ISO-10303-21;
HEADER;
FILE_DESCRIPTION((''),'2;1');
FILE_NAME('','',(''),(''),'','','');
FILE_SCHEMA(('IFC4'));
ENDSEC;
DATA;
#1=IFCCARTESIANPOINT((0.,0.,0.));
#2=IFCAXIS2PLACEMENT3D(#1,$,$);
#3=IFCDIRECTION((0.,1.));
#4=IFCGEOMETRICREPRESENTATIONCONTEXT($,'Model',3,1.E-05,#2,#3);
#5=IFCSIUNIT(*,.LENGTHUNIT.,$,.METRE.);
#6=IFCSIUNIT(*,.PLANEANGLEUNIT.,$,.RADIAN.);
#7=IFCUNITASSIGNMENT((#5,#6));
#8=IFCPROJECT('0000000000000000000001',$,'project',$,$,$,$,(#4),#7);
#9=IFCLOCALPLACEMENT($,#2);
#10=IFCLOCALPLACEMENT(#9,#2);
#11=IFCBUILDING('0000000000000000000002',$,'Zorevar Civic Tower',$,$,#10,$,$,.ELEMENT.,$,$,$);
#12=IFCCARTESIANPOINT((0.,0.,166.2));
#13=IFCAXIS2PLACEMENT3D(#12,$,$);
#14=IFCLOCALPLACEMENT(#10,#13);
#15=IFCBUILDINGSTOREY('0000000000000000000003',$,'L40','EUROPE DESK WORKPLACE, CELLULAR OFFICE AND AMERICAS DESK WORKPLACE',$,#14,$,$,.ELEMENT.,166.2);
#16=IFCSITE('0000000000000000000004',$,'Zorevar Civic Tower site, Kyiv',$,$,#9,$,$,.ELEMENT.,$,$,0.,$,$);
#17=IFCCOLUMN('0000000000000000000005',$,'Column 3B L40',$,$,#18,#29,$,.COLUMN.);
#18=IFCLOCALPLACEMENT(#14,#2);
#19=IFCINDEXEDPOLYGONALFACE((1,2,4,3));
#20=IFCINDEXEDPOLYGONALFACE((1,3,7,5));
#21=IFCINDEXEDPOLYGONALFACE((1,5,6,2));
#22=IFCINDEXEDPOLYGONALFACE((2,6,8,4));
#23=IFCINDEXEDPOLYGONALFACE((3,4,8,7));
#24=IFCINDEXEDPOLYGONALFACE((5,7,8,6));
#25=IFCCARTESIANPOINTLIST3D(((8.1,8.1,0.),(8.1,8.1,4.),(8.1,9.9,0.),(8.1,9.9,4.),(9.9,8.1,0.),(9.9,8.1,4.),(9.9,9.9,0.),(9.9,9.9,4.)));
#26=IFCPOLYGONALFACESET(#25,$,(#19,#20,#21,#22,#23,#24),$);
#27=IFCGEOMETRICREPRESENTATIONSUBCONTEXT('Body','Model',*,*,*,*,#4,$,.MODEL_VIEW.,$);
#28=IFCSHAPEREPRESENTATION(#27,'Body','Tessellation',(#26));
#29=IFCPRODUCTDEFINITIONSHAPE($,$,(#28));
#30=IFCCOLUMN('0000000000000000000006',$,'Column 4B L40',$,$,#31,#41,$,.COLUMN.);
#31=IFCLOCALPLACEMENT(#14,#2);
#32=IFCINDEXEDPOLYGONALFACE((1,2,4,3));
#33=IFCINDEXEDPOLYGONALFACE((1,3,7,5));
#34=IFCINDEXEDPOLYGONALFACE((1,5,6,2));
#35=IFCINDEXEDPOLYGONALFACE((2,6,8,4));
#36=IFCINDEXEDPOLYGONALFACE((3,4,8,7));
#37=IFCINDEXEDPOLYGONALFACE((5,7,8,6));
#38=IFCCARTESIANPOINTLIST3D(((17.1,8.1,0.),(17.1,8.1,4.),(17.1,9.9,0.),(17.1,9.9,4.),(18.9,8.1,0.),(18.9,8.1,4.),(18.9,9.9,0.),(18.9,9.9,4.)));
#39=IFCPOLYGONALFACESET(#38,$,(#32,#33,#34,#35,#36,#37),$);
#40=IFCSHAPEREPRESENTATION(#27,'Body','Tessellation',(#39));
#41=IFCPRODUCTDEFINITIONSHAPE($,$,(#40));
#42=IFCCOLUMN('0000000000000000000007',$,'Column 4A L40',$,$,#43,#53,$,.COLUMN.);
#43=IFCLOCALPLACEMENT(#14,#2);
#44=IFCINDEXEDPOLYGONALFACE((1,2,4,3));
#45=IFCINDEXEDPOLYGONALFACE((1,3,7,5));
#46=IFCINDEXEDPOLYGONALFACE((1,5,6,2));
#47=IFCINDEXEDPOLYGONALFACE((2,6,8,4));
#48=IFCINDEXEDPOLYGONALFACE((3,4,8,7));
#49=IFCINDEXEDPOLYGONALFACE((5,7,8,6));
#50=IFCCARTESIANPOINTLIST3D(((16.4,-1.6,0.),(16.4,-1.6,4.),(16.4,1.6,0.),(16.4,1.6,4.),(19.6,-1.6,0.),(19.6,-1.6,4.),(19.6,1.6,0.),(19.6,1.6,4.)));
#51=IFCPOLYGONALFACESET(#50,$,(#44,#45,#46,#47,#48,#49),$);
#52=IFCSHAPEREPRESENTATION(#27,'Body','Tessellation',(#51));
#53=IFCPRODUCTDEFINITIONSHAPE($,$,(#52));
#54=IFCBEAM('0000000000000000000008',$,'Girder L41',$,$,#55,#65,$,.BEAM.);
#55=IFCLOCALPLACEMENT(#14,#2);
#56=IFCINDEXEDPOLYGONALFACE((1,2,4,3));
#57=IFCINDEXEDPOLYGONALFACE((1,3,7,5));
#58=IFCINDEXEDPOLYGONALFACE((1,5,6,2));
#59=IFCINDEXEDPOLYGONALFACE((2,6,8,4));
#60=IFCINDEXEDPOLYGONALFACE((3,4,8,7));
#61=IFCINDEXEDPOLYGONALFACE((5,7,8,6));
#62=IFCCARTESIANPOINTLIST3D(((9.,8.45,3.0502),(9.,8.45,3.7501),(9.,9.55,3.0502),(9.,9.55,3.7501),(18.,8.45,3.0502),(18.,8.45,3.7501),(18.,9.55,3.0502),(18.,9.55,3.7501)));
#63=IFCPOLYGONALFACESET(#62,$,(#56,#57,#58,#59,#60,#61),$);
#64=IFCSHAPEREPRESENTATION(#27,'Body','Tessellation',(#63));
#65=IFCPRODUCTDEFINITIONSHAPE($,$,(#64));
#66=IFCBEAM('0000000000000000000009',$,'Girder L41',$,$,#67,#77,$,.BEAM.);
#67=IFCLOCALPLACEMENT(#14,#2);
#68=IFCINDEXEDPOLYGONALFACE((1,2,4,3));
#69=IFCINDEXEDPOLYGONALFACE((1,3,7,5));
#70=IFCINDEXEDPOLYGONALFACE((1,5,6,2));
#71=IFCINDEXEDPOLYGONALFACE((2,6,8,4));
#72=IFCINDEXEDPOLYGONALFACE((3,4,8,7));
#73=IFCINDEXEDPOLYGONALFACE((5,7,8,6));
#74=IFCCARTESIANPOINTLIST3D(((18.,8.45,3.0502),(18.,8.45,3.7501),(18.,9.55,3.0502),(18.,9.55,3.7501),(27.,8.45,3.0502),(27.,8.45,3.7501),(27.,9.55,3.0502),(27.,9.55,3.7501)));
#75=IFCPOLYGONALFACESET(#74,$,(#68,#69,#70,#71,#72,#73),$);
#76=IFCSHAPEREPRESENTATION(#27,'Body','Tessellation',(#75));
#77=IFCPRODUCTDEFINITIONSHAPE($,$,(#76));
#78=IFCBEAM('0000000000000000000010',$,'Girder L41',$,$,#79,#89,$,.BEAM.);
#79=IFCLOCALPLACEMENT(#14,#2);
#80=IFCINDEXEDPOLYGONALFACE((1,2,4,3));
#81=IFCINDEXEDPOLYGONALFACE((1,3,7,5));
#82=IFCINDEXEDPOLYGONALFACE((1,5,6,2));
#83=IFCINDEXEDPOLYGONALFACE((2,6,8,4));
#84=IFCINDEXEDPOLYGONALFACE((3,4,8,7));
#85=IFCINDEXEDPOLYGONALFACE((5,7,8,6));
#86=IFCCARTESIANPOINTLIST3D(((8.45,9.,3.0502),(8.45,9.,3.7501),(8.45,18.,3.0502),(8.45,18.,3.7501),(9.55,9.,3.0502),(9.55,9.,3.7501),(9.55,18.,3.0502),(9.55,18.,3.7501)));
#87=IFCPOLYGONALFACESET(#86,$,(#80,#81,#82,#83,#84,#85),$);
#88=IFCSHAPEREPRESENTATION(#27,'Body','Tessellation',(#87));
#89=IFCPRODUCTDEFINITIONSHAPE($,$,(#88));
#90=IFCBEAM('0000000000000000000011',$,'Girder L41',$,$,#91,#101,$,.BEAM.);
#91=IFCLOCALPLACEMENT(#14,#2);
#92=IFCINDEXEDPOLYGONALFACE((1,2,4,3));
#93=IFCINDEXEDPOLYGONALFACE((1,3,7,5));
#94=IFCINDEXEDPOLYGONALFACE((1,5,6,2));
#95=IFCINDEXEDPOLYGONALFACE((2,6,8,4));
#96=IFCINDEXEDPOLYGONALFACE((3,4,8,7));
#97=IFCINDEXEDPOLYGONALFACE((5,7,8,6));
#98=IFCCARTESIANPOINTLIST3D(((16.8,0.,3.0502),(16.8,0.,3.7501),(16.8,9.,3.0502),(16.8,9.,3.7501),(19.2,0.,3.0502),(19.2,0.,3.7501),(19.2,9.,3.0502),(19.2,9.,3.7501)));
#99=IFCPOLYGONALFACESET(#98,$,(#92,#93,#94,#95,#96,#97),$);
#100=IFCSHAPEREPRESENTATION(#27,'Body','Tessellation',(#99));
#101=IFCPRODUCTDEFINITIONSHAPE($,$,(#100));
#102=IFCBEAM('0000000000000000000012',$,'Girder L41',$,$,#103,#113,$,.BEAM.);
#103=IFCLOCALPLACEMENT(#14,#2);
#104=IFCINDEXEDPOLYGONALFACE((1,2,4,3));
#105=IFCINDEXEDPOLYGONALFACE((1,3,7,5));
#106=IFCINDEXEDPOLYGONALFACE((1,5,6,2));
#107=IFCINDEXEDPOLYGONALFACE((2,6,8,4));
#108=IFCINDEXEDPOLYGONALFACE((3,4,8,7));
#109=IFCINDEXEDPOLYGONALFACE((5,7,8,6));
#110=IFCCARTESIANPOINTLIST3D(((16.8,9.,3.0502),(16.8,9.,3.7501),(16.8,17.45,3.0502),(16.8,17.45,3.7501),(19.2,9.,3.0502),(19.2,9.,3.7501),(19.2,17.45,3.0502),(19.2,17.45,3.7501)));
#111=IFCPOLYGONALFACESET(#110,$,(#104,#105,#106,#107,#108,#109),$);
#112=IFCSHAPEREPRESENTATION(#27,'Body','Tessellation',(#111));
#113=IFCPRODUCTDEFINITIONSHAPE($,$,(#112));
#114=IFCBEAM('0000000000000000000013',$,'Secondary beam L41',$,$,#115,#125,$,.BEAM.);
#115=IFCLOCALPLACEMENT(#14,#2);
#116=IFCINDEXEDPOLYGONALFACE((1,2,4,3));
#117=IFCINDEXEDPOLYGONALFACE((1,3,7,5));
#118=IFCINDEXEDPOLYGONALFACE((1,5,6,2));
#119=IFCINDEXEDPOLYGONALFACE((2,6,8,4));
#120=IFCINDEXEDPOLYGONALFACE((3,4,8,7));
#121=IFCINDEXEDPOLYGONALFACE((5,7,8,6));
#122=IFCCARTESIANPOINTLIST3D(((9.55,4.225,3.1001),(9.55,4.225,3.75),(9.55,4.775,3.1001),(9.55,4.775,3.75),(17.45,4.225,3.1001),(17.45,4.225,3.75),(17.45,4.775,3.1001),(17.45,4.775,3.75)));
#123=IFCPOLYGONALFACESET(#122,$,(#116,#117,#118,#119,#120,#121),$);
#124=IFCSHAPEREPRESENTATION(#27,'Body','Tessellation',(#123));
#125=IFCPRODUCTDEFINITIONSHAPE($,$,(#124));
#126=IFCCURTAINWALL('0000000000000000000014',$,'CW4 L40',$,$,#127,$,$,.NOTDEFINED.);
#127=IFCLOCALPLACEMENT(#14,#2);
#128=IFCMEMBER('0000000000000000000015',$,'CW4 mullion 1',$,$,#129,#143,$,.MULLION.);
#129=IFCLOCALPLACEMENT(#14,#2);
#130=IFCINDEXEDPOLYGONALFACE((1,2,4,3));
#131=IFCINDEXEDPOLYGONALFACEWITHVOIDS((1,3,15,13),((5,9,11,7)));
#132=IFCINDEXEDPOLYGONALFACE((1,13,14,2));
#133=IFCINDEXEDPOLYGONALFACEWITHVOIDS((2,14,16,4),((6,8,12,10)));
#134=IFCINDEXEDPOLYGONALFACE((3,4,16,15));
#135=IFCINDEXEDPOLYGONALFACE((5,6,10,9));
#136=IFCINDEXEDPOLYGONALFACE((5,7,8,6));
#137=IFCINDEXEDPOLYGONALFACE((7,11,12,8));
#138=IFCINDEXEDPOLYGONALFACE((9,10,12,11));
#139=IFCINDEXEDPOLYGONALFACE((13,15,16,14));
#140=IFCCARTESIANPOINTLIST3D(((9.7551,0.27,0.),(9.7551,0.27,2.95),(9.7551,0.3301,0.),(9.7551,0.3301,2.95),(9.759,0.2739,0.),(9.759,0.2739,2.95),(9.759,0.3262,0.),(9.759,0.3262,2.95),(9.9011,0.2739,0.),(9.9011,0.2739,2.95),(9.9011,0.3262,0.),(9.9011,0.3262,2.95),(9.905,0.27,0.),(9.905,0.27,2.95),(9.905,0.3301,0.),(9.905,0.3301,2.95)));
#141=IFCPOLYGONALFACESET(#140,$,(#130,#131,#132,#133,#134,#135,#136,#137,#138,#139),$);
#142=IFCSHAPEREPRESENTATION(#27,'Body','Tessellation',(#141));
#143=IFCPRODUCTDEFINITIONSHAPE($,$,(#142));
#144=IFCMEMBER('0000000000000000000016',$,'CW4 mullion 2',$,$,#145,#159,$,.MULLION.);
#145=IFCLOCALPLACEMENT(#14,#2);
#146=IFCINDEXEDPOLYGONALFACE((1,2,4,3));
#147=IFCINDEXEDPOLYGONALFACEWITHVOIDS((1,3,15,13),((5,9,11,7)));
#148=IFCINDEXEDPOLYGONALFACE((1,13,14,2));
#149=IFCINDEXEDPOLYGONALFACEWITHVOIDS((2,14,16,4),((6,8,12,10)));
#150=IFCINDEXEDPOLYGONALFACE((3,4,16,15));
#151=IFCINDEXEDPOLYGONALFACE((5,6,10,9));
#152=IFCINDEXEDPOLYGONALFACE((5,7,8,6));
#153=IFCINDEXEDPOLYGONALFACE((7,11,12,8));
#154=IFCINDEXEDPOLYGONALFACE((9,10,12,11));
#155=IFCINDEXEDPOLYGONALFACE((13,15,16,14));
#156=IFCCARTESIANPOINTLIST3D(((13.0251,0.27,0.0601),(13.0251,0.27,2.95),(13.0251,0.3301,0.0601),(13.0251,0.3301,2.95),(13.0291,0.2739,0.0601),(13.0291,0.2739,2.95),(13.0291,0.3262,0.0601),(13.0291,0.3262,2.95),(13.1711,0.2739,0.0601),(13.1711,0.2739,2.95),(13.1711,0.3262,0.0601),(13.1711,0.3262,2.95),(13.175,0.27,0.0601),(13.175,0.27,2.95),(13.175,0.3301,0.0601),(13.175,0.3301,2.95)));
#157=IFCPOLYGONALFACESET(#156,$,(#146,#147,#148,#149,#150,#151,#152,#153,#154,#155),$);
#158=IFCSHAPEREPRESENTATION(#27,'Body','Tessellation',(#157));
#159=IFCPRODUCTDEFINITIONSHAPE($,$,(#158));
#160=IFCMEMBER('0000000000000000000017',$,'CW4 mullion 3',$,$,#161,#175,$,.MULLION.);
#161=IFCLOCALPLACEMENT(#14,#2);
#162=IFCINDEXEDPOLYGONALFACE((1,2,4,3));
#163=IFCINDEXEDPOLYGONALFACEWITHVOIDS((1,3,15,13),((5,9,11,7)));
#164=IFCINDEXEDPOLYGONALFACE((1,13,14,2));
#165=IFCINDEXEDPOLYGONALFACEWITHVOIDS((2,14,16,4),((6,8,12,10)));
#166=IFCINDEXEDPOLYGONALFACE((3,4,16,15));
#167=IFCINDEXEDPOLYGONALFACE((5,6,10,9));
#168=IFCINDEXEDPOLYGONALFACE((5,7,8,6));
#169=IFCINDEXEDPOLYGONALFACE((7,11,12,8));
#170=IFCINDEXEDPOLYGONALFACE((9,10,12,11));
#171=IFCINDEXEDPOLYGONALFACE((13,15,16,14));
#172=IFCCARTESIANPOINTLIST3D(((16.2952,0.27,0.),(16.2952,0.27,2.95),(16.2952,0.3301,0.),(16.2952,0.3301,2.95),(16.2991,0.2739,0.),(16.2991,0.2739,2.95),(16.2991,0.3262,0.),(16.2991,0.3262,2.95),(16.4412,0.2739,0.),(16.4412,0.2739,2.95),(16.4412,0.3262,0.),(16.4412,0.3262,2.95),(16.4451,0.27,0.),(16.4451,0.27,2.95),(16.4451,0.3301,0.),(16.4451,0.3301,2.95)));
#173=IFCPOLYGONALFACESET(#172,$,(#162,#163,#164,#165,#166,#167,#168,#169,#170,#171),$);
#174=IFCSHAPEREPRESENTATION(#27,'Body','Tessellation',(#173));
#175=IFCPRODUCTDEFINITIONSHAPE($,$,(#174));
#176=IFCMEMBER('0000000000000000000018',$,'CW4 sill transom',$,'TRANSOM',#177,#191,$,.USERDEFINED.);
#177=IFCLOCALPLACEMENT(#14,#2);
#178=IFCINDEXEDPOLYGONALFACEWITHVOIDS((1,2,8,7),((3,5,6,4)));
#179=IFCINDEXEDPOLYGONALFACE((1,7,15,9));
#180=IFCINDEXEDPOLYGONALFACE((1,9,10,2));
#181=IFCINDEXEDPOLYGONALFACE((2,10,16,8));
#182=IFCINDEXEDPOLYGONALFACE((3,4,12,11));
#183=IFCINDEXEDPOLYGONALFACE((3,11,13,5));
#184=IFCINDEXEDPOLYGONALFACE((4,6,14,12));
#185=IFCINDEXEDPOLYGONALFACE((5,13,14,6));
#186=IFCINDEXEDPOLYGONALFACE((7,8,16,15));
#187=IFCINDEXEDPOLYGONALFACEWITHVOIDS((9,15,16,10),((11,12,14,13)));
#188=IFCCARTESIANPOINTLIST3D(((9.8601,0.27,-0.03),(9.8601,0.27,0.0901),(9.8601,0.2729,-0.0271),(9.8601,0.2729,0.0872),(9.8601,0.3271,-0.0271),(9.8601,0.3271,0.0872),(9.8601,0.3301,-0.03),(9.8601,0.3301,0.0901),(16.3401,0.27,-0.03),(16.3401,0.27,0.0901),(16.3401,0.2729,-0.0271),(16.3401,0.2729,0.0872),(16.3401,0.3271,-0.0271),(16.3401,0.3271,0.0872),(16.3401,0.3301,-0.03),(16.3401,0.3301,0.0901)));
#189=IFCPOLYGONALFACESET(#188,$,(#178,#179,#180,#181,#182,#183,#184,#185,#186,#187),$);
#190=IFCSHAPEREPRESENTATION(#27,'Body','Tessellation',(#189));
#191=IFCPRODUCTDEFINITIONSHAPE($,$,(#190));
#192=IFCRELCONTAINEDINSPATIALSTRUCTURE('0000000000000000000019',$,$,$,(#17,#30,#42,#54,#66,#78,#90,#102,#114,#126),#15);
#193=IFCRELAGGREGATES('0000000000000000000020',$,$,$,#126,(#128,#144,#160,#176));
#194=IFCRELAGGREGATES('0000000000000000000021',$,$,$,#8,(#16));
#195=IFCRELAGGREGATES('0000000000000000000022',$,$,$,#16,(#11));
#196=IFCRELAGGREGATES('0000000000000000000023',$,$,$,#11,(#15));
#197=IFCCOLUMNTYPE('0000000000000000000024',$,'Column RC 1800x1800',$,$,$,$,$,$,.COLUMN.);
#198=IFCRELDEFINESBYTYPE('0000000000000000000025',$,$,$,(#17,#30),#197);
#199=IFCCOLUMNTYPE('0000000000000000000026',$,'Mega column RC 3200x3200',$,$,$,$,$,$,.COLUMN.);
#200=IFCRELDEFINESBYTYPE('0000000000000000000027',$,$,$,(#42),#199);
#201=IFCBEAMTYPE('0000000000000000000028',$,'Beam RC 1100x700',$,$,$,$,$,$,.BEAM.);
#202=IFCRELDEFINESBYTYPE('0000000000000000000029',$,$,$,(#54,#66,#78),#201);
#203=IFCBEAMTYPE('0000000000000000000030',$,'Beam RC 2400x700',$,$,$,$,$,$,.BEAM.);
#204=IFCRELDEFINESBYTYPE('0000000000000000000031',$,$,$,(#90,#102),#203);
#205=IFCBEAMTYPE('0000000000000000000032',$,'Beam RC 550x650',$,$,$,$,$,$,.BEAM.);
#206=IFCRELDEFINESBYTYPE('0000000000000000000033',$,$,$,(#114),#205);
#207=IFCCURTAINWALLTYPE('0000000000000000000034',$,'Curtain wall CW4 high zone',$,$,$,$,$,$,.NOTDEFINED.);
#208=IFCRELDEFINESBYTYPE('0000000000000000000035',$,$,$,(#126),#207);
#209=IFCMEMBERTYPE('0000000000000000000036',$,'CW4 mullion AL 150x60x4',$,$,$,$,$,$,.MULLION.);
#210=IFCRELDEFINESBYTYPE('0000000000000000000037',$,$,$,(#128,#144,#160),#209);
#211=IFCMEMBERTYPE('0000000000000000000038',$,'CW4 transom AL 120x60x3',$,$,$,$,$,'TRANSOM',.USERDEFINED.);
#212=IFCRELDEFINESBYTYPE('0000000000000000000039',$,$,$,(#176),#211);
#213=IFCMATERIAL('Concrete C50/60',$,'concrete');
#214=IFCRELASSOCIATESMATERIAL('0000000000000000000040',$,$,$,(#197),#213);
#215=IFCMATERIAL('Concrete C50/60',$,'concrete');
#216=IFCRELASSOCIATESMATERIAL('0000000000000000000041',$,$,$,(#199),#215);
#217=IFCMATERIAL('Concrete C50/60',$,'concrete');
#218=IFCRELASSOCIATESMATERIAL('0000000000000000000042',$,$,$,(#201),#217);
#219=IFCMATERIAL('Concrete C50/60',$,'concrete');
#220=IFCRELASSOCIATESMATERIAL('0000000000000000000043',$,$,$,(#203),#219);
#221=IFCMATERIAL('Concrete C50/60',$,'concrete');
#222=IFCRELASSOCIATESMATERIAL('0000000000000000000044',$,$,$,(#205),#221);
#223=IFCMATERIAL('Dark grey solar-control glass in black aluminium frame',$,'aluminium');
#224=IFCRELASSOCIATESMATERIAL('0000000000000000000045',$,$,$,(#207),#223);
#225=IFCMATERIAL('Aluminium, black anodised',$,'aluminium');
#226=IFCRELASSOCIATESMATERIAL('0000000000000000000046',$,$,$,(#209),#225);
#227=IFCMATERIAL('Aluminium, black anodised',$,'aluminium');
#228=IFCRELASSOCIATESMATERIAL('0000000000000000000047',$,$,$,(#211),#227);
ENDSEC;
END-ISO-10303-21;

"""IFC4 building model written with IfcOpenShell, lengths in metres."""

from ifc_helpers import new_model, si_unit, direction, frame, origin, origin_2d, place, context, subcontext, project, spatial, rectangle, hollow_rectangle, extrude, material, material_profile, profile_set, type_object, element, aggregate, save


model = new_model("IFC4")

# Units and contexts
model_context = context("Model", 3, precision=1e-05, world=origin(), true_north=direction((0.0, 1.0)))
body_context = subcontext(model_context, "Body", "Model", "MODEL_VIEW")
ifc_project = project(units=[si_unit("LENGTHUNIT", "METRE"), si_unit("PLANEANGLEUNIT", "RADIAN")], contexts=[model_context])

# Site, building, storey
site_placement = place(None, origin())
site = spatial("IfcSite", under=ifc_project, at=site_placement, Name="Zorevar Civic Tower site, Kyiv", CompositionType="ELEMENT", RefElevation=0.0)
building_placement = place(site_placement, origin())
building = spatial("IfcBuilding", under=site, at=building_placement, Name="Zorevar Civic Tower", CompositionType="ELEMENT")
storey_placement = place(building_placement, frame((0.0, 0.0, 166.2)))
storey = spatial("IfcBuildingStorey", under=building, at=storey_placement, Name="L40", Description="EUROPE DESK WORKPLACE, CELLULAR OFFICE AND AMERICAS DESK WORKPLACE", CompositionType="ELEMENT", Elevation=166.2)

# Columns
ifc_material_1 = material(Name="Concrete C50/60", Category="concrete")
ifc_material_profile_1 = material_profile(ifc_material_1, rectangle(XDim=1.8, YDim=1.8, at=origin_2d()), Name="RC 1800x1800")
ifc_profile_set_1 = profile_set([ifc_material_profile_1], Name="Concrete C50/60")
column_type_1 = type_object("IfcColumnType", Name="Column RC 1800x1800", PredefinedType="COLUMN", material=ifc_profile_set_1)
for number, where, z_axis, x_axis, name in (
    (1, (9.0, 9.0, 0.0), (0.0, 0.0, 1.0), (1.0, 0.0, 0.0), "Column 3B L40"),
    (2, (18.0, 9.0, 0.0), (0.0, 0.0, 1.0), (1.0, 0.0, 0.0), "Column 4B L40"),
):
    element("IfcColumn", number, at=place(storey_placement, frame(where, z_axis=z_axis, x_axis=x_axis)), inside=storey, type_object=column_type_1, Name=name, PredefinedType="COLUMN", context=body_context, shape_type="SweptSolid", body=[
        extrude(rectangle(XDim=1.8, YDim=1.8, at=origin_2d()), origin(), (0.0, 0.0, 1.0), 4.0),
    ])
ifc_material_2 = material(Name="Concrete C50/60", Category="concrete")
ifc_material_profile_2 = material_profile(ifc_material_2, rectangle(XDim=3.2, YDim=3.2, at=origin_2d()), Name="RC 3200x3200")
ifc_profile_set_2 = profile_set([ifc_material_profile_2], Name="Concrete C50/60")
column_type_2 = type_object("IfcColumnType", Name="Mega column RC 3200x3200", PredefinedType="COLUMN", material=ifc_profile_set_2)
column_placement = place(storey_placement, frame((18.0, 0.0, 0.0), z_axis=(0.0, 0.0, 1.0), x_axis=(1.0, 0.0, 0.0)))
element("IfcColumn", 3, at=column_placement, inside=storey, type_object=column_type_2, Name="Column 4A L40", PredefinedType="COLUMN", context=body_context, shape_type="SweptSolid", body=[
    extrude(rectangle(XDim=3.2, YDim=3.2, at=origin_2d()), origin(), (0.0, 0.0, 1.0), 4.0),
])

# Beams
ifc_material_3 = material(Name="Concrete C50/60", Category="concrete")
ifc_material_profile_3 = material_profile(ifc_material_3, rectangle(XDim=1.1001, YDim=0.7, at=origin_2d()), Name="RC 1100x700")
ifc_profile_set_3 = profile_set([ifc_material_profile_3], Name="Concrete C50/60")
beam_type_1 = type_object("IfcBeamType", Name="Beam RC 1100x700", PredefinedType="BEAM", material=ifc_profile_set_3)
for number, where, z_axis, x_axis, name in (
    (4, (9.0, 9.0, 3.4001), (1.0, 0.0, 0.0), (0.0, 1.0, 0.0), "Girder L41"),
    (5, (18.0, 9.0, 3.4001), (1.0, 0.0, 0.0), (0.0, 1.0, 0.0), "Girder L41"),
    (6, (9.0, 9.0, 3.4001), (0.0, 1.0, 0.0), (-1.0, 0.0, 0.0), "Girder L41"),
):
    element("IfcBeam", number, at=place(storey_placement, frame(where, z_axis=z_axis, x_axis=x_axis)), inside=storey, type_object=beam_type_1, Name=name, PredefinedType="BEAM", context=body_context, shape_type="SweptSolid", body=[
        extrude(rectangle(XDim=1.1001, YDim=0.7, at=origin_2d()), origin(), (0.0, 0.0, 1.0), 9.0),
    ])
ifc_material_4 = material(Name="Concrete C50/60", Category="concrete")
ifc_material_profile_4 = material_profile(ifc_material_4, rectangle(XDim=2.3999, YDim=0.7, at=origin_2d()), Name="RC 2400x700")
ifc_profile_set_4 = profile_set([ifc_material_profile_4], Name="Concrete C50/60")
beam_type_2 = type_object("IfcBeamType", Name="Beam RC 2400x700", PredefinedType="BEAM", material=ifc_profile_set_4)
beam_1_placement = place(storey_placement, frame((18.0, 0.0, 3.4001), z_axis=(0.0, 1.0, 0.0), x_axis=(-1.0, 0.0, 0.0)))
element("IfcBeam", 7, at=beam_1_placement, inside=storey, type_object=beam_type_2, Name="Girder L41", PredefinedType="BEAM", context=body_context, shape_type="SweptSolid", body=[
    extrude(rectangle(XDim=2.3999, YDim=0.7, at=origin_2d()), origin(), (0.0, 0.0, 1.0), 9.0),
])
beam_2_placement = place(storey_placement, frame((18.0, 9.0, 3.4001), z_axis=(0.0, 1.0, 0.0), x_axis=(-1.0, 0.0, 0.0)))
element("IfcBeam", 8, at=beam_2_placement, inside=storey, type_object=beam_type_2, Name="Girder L41", PredefinedType="BEAM", context=body_context, shape_type="SweptSolid", body=[
    extrude(rectangle(XDim=2.3999, YDim=0.7, at=origin_2d()), origin(), (0.0, 0.0, 1.0), 8.45),
])
ifc_material_5 = material(Name="Concrete C50/60", Category="concrete")
ifc_material_profile_5 = material_profile(ifc_material_5, rectangle(XDim=0.55, YDim=0.6499, at=origin_2d()), Name="RC 550x650")
ifc_profile_set_5 = profile_set([ifc_material_profile_5], Name="Concrete C50/60")
beam_type_3 = type_object("IfcBeamType", Name="Beam RC 550x650", PredefinedType="BEAM", material=ifc_profile_set_5)
beam_3_placement = place(storey_placement, frame((9.55, 4.5, 3.425), z_axis=(1.0, 0.0, 0.0), x_axis=(0.0, 1.0, 0.0)))
element("IfcBeam", 9, at=beam_3_placement, inside=storey, type_object=beam_type_3, Name="Secondary beam L41", PredefinedType="BEAM", context=body_context, shape_type="SweptSolid", body=[
    extrude(rectangle(XDim=0.55, YDim=0.6499, at=origin_2d()), origin(), (0.0, 0.0, 1.0), 7.8999),
])

# Curtain wall, members
ifc_material_6 = material(Name="Dark grey solar-control glass in black aluminium frame", Category="aluminium")
curtain_wall_type = type_object("IfcCurtainWallType", Name="Curtain wall CW4 high zone", PredefinedType="NOTDEFINED", material=ifc_material_6)
curtain_wall_placement = place(storey_placement, origin())
curtain_wall = element("IfcCurtainWall", 10, at=curtain_wall_placement, inside=storey, type_object=curtain_wall_type, Name="CW4 L40", PredefinedType="NOTDEFINED")
ifc_material_7 = material(Name="Aluminium, black anodised", Category="aluminium")
ifc_material_profile_6 = material_profile(ifc_material_7, hollow_rectangle(XDim=0.0601, YDim=0.1499, WallThickness=0.0039, at=origin_2d()), Name="AL 150x60x4")
ifc_profile_set_6 = profile_set([ifc_material_profile_6], Name="Aluminium, black anodised")
member_type_1 = type_object("IfcMemberType", Name="CW4 mullion AL 150x60x4", PredefinedType="MULLION", material=ifc_profile_set_6)
member_1_placement = place(storey_placement, frame((9.8301, 0.3, 0.0), z_axis=(0.0, 0.0, 1.0), x_axis=(0.0, 1.0, 0.0)))
member_1 = element("IfcMember", 11, at=member_1_placement, type_object=member_type_1, Name="CW4 mullion 1", PredefinedType="MULLION", context=body_context, shape_type="SweptSolid", body=[
    extrude(hollow_rectangle(XDim=0.0601, YDim=0.1499, WallThickness=0.0039, at=origin_2d()), origin(), (0.0, 0.0, 1.0), 2.95),
])
member_2_placement = place(storey_placement, frame((13.1001, 0.3, 0.0601), z_axis=(0.0, 0.0, 1.0), x_axis=(0.0, 1.0, 0.0)))
member_2 = element("IfcMember", 12, at=member_2_placement, type_object=member_type_1, Name="CW4 mullion 2", PredefinedType="MULLION", context=body_context, shape_type="SweptSolid", body=[
    extrude(hollow_rectangle(XDim=0.0601, YDim=0.1499, WallThickness=0.0039, at=origin_2d()), origin(), (0.0, 0.0, 1.0), 2.8899),
])
member_3_placement = place(storey_placement, frame((16.3701, 0.3, 0.0), z_axis=(0.0, 0.0, 1.0), x_axis=(0.0, 1.0, 0.0)))
member_3 = element("IfcMember", 13, at=member_3_placement, type_object=member_type_1, Name="CW4 mullion 3", PredefinedType="MULLION", context=body_context, shape_type="SweptSolid", body=[
    extrude(hollow_rectangle(XDim=0.0601, YDim=0.1499, WallThickness=0.0039, at=origin_2d()), origin(), (0.0, 0.0, 1.0), 2.95),
])
ifc_material_8 = material(Name="Aluminium, black anodised", Category="aluminium")
ifc_material_profile_7 = material_profile(ifc_material_8, hollow_rectangle(XDim=0.0601, YDim=0.1201, WallThickness=0.0029, at=origin_2d()), Name="AL 120x60x3")
ifc_profile_set_7 = profile_set([ifc_material_profile_7], Name="Aluminium, black anodised")
member_type_2 = type_object("IfcMemberType", Name="CW4 transom AL 120x60x3", ElementType="TRANSOM", PredefinedType="USERDEFINED", material=ifc_profile_set_7)
member_4_placement = place(storey_placement, frame((9.8601, 0.3, 0.03), z_axis=(1.0, 0.0, 0.0), x_axis=(0.0, 1.0, 0.0)))
member_4 = element("IfcMember", 14, at=member_4_placement, type_object=member_type_2, Name="CW4 sill transom", ObjectType="TRANSOM", PredefinedType="USERDEFINED", context=body_context, shape_type="SweptSolid", body=[
    extrude(hollow_rectangle(XDim=0.0601, YDim=0.1201, WallThickness=0.0029, at=origin_2d()), origin(), (0.0, 0.0, 1.0), 6.48),
])

aggregate(curtain_wall, [member_1, member_2, member_3, member_4])

save(model, "model.ifc")
